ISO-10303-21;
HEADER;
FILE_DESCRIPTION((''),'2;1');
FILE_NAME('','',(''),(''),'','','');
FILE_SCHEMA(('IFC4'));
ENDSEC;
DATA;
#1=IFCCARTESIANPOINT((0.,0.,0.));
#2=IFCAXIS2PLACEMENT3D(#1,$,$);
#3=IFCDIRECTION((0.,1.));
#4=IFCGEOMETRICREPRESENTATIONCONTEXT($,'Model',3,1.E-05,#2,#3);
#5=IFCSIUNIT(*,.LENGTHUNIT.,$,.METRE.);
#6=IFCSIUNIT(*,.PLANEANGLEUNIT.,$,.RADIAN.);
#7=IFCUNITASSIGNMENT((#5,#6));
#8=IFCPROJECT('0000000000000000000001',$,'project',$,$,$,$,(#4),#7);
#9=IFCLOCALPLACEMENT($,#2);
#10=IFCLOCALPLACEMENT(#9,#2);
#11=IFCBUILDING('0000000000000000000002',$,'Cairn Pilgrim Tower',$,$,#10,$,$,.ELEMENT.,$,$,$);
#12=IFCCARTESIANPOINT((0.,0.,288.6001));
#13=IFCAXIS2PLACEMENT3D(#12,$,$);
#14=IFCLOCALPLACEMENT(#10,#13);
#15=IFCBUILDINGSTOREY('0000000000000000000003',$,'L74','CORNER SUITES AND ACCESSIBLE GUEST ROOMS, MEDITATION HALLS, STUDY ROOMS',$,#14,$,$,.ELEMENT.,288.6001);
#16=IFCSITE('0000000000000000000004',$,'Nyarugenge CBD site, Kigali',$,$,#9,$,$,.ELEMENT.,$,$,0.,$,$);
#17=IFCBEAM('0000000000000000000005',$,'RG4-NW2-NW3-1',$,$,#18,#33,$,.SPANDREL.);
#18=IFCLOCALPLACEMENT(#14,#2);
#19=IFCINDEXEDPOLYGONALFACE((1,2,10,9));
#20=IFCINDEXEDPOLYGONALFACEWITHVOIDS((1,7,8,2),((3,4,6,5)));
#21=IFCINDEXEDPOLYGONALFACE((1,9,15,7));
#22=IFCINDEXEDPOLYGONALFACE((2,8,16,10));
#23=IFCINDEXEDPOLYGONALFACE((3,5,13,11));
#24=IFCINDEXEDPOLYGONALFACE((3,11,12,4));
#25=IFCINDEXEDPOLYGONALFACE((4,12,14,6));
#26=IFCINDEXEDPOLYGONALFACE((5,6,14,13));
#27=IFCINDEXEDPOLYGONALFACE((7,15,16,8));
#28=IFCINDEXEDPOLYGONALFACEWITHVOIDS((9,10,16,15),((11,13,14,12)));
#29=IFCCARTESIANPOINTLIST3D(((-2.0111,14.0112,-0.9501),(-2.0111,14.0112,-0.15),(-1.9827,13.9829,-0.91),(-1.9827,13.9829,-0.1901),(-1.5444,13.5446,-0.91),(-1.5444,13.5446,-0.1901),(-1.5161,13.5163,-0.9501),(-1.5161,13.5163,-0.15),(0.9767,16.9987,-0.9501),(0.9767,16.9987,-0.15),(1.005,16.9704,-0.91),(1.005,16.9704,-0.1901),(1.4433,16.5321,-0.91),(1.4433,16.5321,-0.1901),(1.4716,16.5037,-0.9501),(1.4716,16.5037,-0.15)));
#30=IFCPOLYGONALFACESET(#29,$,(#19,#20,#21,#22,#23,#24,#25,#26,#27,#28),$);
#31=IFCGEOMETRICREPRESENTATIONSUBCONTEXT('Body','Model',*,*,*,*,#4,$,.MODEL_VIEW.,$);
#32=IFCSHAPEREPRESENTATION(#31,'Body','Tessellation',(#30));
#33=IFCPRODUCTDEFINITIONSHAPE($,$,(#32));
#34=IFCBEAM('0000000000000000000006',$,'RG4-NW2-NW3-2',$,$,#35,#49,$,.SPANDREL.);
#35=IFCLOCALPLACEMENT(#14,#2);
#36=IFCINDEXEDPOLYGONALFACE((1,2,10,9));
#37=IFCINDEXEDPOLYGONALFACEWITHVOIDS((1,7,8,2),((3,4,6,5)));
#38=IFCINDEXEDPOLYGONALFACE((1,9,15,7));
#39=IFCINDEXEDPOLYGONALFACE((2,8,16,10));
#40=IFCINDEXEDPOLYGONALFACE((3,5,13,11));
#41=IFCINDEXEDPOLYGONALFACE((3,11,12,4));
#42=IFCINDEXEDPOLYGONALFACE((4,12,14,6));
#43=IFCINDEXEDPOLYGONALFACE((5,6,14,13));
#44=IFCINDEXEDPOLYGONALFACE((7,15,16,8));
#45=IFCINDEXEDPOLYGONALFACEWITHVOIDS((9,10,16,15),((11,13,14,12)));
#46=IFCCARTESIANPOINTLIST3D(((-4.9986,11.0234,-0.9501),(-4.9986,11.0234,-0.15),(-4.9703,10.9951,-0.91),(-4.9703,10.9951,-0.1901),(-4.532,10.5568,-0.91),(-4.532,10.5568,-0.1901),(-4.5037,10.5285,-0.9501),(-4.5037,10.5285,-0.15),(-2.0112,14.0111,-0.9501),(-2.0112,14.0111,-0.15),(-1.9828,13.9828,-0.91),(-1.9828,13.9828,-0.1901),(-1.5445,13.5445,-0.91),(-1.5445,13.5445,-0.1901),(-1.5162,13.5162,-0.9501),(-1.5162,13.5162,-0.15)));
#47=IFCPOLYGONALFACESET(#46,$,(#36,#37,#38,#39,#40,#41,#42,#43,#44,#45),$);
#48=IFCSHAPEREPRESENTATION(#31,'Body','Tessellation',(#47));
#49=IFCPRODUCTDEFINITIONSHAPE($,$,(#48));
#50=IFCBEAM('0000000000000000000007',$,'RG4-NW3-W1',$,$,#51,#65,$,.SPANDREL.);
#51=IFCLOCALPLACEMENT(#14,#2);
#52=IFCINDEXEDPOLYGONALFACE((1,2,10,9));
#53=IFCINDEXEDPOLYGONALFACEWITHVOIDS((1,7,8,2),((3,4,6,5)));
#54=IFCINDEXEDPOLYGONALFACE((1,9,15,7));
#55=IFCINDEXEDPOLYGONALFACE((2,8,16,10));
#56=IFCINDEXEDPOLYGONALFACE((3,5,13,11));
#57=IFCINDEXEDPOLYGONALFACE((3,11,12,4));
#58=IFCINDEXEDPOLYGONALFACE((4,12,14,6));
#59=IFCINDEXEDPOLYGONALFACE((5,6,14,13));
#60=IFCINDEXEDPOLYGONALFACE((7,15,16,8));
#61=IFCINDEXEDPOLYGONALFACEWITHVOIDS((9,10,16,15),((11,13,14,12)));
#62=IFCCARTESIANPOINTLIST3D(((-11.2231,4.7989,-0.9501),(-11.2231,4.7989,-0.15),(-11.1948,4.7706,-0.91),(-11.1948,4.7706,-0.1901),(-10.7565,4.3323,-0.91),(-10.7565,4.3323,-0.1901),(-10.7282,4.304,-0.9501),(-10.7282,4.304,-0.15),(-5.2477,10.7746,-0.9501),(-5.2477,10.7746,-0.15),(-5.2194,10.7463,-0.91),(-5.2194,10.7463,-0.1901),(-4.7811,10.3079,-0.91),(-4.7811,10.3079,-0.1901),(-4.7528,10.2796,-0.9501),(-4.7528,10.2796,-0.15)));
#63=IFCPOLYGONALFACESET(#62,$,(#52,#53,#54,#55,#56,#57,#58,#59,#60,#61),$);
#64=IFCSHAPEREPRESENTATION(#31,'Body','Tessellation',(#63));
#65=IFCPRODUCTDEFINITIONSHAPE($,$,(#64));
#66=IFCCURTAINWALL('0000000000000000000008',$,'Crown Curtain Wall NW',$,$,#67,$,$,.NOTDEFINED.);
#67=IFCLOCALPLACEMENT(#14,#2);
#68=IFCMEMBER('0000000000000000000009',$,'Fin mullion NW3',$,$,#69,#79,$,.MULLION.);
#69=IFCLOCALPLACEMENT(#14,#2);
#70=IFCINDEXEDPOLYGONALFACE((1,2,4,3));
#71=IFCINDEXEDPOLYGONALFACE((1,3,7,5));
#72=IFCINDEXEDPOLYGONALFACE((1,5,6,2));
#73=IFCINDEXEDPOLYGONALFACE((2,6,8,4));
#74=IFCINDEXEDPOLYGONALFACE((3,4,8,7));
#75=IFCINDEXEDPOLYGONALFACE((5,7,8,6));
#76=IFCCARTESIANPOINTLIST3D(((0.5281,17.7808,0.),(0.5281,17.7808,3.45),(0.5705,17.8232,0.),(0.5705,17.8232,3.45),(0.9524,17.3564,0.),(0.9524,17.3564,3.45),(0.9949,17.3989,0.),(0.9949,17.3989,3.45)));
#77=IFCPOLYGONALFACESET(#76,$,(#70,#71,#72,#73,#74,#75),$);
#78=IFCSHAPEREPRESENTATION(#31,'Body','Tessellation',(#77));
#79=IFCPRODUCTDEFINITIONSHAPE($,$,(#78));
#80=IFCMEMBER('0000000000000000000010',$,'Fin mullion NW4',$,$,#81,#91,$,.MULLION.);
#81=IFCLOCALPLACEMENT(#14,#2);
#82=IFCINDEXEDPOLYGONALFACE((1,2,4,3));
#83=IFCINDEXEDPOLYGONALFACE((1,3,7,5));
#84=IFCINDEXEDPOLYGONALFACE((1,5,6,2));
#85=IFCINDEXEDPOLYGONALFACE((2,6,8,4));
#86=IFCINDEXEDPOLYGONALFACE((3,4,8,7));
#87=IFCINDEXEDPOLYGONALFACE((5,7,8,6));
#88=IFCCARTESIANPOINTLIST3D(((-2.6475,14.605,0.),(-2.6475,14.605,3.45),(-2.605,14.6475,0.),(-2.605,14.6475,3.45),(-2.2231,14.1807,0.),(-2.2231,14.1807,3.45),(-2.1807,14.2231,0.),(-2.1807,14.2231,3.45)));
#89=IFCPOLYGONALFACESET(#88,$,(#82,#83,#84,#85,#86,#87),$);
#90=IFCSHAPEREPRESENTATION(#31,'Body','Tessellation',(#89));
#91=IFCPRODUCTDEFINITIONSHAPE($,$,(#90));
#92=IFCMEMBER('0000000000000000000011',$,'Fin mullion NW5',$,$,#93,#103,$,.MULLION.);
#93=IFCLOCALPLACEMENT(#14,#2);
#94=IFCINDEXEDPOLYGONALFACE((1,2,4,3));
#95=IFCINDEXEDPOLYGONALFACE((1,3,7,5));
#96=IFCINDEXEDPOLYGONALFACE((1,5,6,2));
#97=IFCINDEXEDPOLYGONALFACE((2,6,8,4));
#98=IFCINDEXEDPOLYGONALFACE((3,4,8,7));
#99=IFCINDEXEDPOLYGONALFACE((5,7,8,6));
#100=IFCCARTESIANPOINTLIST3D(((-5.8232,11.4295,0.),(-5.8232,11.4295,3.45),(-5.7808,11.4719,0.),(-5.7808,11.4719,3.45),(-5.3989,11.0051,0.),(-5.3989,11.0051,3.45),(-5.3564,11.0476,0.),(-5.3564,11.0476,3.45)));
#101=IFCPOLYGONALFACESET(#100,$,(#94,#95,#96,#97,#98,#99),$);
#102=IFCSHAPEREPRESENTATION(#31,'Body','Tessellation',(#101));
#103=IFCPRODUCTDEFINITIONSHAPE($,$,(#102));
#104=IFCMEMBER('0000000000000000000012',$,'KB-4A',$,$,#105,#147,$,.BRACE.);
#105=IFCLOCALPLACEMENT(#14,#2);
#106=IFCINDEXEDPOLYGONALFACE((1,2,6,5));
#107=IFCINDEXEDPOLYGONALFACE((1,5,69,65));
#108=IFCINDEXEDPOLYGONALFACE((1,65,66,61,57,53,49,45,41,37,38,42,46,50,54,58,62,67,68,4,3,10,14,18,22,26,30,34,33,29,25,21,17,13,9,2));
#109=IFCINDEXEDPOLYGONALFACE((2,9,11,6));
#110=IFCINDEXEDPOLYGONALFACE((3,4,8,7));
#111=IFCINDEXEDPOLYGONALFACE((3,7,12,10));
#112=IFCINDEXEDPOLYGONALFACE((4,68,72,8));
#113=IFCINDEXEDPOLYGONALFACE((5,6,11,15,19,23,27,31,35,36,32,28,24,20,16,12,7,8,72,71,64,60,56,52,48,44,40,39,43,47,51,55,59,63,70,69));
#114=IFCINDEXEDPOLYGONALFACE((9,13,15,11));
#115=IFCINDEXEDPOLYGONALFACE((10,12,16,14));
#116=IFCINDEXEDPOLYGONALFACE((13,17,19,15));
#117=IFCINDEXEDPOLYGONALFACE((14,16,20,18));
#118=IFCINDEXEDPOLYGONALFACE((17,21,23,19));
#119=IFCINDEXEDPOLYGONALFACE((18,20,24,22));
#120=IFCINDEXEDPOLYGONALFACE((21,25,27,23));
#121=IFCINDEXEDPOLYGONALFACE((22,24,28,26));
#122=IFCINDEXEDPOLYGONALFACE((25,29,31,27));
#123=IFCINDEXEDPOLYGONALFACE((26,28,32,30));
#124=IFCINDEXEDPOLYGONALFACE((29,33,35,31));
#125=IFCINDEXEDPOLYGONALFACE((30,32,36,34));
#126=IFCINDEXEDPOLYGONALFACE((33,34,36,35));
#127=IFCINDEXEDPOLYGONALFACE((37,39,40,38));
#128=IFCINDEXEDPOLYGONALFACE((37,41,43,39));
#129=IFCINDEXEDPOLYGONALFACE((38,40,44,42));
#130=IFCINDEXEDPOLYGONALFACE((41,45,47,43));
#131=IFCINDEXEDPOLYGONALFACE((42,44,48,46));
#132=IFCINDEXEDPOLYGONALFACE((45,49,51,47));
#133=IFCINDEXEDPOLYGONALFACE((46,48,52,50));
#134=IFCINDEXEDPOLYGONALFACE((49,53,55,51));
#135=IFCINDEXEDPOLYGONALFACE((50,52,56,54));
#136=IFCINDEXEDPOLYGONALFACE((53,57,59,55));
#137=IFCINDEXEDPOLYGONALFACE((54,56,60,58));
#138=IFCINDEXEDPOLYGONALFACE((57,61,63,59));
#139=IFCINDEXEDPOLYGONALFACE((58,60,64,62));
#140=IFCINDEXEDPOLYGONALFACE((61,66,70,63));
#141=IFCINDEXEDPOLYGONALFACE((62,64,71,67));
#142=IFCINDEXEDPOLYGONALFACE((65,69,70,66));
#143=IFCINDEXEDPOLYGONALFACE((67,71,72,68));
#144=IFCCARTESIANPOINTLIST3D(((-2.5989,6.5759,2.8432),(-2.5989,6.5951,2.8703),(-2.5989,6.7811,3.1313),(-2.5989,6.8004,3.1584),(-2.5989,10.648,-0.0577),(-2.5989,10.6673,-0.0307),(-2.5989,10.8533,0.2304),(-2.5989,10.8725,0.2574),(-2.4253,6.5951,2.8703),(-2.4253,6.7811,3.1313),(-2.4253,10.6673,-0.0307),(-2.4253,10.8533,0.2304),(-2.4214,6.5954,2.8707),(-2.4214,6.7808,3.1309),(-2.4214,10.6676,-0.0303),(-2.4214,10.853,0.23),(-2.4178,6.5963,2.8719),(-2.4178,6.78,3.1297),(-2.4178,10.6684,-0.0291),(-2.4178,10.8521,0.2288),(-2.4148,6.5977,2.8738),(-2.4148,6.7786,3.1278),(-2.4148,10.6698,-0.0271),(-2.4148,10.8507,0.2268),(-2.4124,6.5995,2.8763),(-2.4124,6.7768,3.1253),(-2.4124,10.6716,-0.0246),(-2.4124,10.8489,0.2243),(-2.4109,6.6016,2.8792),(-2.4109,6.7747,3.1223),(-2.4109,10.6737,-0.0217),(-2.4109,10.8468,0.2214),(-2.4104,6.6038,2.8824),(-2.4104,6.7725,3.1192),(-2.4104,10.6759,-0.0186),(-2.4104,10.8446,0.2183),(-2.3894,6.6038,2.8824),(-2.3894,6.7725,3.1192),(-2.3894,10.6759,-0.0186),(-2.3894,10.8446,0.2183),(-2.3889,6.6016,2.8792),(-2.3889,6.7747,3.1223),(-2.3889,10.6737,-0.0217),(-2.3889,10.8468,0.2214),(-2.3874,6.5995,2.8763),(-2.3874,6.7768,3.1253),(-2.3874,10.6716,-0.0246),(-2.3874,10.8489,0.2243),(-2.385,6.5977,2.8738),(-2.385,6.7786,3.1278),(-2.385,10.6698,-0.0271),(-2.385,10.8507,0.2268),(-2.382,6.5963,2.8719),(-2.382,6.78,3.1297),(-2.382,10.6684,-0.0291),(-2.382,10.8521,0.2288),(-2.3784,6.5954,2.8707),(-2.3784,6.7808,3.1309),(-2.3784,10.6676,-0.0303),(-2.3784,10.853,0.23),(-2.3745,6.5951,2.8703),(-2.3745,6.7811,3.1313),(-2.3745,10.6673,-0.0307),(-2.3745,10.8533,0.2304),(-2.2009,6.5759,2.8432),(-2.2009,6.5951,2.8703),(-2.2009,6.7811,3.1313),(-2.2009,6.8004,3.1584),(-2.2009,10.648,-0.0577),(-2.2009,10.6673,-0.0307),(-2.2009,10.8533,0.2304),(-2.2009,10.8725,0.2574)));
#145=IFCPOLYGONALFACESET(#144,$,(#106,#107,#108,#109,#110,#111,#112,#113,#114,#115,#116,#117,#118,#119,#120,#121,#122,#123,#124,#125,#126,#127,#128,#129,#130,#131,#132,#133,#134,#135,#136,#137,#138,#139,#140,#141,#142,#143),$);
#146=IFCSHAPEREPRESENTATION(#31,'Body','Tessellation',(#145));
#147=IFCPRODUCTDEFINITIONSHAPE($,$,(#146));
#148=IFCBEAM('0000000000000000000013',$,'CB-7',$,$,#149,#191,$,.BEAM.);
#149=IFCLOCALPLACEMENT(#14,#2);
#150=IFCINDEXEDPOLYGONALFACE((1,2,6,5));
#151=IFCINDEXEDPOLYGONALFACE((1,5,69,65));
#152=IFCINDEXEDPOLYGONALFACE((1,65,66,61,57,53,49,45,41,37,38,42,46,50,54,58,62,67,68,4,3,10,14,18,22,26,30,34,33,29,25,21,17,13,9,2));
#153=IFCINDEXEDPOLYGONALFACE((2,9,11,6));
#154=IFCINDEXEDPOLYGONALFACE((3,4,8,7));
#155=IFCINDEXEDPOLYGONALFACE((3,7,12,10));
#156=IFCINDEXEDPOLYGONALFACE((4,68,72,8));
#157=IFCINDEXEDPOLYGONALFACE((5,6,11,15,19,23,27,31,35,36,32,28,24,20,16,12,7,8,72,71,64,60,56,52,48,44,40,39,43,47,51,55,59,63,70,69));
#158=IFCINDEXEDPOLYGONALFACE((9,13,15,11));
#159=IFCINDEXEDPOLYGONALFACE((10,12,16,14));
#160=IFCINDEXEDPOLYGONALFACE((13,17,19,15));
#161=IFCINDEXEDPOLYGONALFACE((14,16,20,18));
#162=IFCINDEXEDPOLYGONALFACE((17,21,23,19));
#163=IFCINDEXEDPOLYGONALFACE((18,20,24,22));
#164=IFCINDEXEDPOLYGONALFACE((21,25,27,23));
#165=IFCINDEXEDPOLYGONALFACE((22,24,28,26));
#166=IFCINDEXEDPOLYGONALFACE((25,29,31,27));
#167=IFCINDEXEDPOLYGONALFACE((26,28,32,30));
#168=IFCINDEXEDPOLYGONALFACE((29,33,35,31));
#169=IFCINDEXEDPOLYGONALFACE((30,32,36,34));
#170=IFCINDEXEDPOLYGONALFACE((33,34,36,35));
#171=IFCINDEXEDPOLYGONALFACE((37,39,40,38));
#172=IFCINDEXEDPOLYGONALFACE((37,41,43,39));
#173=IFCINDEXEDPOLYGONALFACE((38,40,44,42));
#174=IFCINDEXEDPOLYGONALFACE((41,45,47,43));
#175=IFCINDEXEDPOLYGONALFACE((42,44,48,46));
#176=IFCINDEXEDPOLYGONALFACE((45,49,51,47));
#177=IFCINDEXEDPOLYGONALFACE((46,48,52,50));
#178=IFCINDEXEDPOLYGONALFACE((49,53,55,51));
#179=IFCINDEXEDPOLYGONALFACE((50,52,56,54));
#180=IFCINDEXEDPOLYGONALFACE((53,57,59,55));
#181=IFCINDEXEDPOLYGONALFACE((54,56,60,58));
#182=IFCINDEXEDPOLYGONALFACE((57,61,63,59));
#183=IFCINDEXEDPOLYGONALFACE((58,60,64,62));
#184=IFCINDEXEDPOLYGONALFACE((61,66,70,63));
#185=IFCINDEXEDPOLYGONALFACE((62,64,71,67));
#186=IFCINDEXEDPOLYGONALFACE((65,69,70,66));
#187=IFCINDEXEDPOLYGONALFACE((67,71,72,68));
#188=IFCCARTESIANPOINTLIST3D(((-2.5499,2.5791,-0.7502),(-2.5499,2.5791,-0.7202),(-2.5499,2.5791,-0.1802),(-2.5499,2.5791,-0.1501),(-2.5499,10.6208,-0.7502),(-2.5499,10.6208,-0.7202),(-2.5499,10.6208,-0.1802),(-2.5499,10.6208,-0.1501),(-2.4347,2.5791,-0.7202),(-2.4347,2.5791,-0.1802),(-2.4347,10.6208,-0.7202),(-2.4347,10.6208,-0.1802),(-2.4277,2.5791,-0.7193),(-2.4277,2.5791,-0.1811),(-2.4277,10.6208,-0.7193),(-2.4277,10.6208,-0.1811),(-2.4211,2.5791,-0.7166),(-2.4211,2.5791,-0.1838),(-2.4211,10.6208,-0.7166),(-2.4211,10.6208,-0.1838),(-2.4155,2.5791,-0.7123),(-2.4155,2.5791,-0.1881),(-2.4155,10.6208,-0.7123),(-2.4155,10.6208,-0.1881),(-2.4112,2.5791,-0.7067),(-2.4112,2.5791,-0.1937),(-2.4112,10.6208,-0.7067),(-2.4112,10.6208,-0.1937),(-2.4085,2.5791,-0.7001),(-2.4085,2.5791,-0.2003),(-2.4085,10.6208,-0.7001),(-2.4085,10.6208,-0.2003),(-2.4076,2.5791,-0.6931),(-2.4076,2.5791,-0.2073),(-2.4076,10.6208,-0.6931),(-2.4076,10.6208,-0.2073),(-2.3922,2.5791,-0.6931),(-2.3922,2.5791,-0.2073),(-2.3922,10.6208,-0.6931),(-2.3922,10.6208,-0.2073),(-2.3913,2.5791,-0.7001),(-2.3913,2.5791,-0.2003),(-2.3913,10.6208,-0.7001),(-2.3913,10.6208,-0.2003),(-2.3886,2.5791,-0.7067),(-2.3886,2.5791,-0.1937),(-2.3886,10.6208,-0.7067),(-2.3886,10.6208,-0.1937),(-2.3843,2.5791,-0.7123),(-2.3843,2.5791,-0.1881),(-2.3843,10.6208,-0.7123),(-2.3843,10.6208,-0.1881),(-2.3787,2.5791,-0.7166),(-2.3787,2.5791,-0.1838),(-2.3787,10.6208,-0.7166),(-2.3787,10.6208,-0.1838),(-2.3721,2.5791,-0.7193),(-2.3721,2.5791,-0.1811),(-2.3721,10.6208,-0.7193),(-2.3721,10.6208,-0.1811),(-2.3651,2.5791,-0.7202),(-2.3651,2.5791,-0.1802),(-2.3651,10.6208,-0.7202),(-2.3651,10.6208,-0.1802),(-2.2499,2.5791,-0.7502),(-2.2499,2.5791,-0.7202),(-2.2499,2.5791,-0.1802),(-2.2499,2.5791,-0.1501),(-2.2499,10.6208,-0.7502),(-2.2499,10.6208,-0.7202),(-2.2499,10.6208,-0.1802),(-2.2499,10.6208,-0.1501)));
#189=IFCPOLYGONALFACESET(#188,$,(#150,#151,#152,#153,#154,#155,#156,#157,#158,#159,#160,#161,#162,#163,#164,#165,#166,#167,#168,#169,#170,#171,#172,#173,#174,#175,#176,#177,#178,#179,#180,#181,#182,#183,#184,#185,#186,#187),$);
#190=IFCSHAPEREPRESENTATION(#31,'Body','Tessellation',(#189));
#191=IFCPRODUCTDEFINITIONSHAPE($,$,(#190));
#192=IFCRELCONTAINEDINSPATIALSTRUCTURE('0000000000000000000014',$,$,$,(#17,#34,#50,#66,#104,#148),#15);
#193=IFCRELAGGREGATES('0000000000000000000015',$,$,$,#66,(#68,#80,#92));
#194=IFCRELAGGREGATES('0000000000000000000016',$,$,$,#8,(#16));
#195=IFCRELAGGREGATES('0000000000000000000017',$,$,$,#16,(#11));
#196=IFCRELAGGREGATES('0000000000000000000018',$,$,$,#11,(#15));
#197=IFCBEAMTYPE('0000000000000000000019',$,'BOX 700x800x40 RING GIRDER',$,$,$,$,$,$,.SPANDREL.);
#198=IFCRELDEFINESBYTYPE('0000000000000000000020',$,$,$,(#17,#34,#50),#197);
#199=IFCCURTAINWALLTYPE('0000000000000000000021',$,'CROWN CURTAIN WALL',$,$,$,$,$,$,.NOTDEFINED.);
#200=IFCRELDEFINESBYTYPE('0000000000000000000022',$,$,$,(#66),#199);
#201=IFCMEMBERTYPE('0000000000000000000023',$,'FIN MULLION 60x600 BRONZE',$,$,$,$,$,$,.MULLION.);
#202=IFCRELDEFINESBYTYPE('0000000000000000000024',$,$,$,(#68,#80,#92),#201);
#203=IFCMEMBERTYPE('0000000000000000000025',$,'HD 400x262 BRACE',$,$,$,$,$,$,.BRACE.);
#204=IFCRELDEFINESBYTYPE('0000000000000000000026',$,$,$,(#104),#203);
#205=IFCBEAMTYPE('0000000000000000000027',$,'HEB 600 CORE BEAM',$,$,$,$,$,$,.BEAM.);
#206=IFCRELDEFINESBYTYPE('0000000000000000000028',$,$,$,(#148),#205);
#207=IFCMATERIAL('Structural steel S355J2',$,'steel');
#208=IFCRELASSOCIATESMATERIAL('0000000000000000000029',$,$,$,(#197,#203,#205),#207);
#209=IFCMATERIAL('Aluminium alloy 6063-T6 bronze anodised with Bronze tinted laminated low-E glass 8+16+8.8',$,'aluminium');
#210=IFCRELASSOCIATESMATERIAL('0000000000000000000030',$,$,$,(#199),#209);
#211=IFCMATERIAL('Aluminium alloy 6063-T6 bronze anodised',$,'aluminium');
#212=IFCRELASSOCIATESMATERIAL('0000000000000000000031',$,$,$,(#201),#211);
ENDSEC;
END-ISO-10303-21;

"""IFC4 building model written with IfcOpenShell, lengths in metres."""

from ifc_helpers import new_model, si_unit, direction, frame, origin, origin_2d, place, context, subcontext, project, spatial, rectangle, hollow_rectangle, i_section, extrude, material, material_profile, profile_set, type_object, element, aggregate, save


model = new_model("IFC4")

# Units and contexts
model_context = context("Model", 3, precision=1e-05, world=origin(), true_north=direction((0.0, 1.0)))
body_context = subcontext(model_context, "Body", "Model", "MODEL_VIEW")
ifc_project = project(units=[si_unit("LENGTHUNIT", "METRE"), si_unit("PLANEANGLEUNIT", "RADIAN")], contexts=[model_context])

# Site, building, storey
site_placement = place(None, origin())
site = spatial("IfcSite", under=ifc_project, at=site_placement, Name="Nyarugenge CBD site, Kigali", CompositionType="ELEMENT", RefElevation=0.0)
building_placement = place(site_placement, origin())
building = spatial("IfcBuilding", under=site, at=building_placement, Name="Cairn Pilgrim Tower", CompositionType="ELEMENT")
storey_placement = place(building_placement, frame((0.0, 0.0, 288.6001)))
storey = spatial("IfcBuildingStorey", under=building, at=storey_placement, Name="L74", Description="CORNER SUITES AND ACCESSIBLE GUEST ROOMS, MEDITATION HALLS, STUDY ROOMS", CompositionType="ELEMENT", Elevation=288.6001)

# Shared definitions
ifc_material_1 = material(Name="Structural steel S355J2", Category="steel")

# Beams
ifc_material_profile_1 = material_profile(ifc_material_1, hollow_rectangle(XDim=0.7, YDim=0.8, WallThickness=0.04, at=origin_2d()), Name="BOX 700x800x40")
ifc_profile_set_1 = profile_set([ifc_material_profile_1], Name="Structural steel S355J2")
beam_type_1 = type_object("IfcBeamType", Name="BOX 700x800x40 RING GIRDER", PredefinedType="SPANDREL", material=ifc_profile_set_1)
for number, where, z_axis, x_axis, name in (
    (1, (1.2241, 16.7512, -0.55), (-0.707136, -0.707078, 0.0), (0.707078, -0.707136, 0.0), "RG4-NW2-NW3-1"),
    (2, (-1.7637, 13.7637, -0.55), (-0.707078, -0.707136, 0.0), (0.707136, -0.707078, 0.0), "RG4-NW2-NW3-2"),
):
    element("IfcBeam", number, at=place(storey_placement, frame(where, z_axis=z_axis, x_axis=x_axis)), inside=storey, type_object=beam_type_1, Name=name, PredefinedType="SPANDREL", context=body_context, shape_type="SweptSolid", body=[
        extrude(hollow_rectangle(XDim=0.7, YDim=0.8, WallThickness=0.04, at=origin_2d()), origin(), (0.0, 0.0, 1.0), 4.2251),
    ])
beam_1_placement = place(storey_placement, frame((-5.0002, 10.5271, -0.55), z_axis=(-0.707092, -0.707121, 0.0), x_axis=(0.707121, -0.707092, 0.0)))
element("IfcBeam", 3, at=beam_1_placement, inside=storey, type_object=beam_type_1, Name="RG4-NW3-W1", PredefinedType="SPANDREL", context=body_context, shape_type="SweptSolid", body=[
    extrude(hollow_rectangle(XDim=0.7, YDim=0.8, WallThickness=0.04, at=origin_2d()), origin(), (0.0, 0.0, 1.0), 8.4507),
])

# Curtain wall, members
ifc_material_2 = material(Name="Aluminium alloy 6063-T6 bronze anodised with Bronze tinted laminated low-E glass 8+16+8.8", Category="aluminium")
curtain_wall_type = type_object("IfcCurtainWallType", Name="CROWN CURTAIN WALL", PredefinedType="NOTDEFINED", material=ifc_material_2)
curtain_wall_placement = place(storey_placement, origin())
curtain_wall = element("IfcCurtainWall", 4, at=curtain_wall_placement, inside=storey, type_object=curtain_wall_type, Name="Crown Curtain Wall NW", PredefinedType="NOTDEFINED")
ifc_material_3 = material(Name="Aluminium alloy 6063-T6 bronze anodised", Category="aluminium")
ifc_material_profile_2 = material_profile(ifc_material_3, rectangle(XDim=0.6001, YDim=0.0601, at=origin_2d()), Name="FIN MULLION 60x600 BRONZE")
ifc_profile_set_2 = profile_set([ifc_material_profile_2], Name="Aluminium alloy 6063-T6 bronze anodised")
member_type_1 = type_object("IfcMemberType", Name="FIN MULLION 60x600 BRONZE", PredefinedType="MULLION", material=ifc_profile_set_2)
member_1_placement = place(storey_placement, frame((0.7615, 17.5898, 0.0), z_axis=(0.0, 0.0, 1.0), x_axis=(-0.707107, 0.707107, 0.0)))
member_1 = element("IfcMember", 5, at=member_1_placement, type_object=member_type_1, Name="Fin mullion NW3", PredefinedType="MULLION", context=body_context, shape_type="SweptSolid", body=[
    extrude(rectangle(XDim=0.6001, YDim=0.0601, at=origin_2d()), origin(), (0.0, 0.0, 1.0), 3.45),
])
member_2_placement = place(storey_placement, frame((-2.4141, 14.4141, 0.0), z_axis=(0.0, 0.0, 1.0), x_axis=(-0.707107, 0.707107, 0.0)))
member_2 = element("IfcMember", 6, at=member_2_placement, type_object=member_type_1, Name="Fin mullion NW4", PredefinedType="MULLION", context=body_context, shape_type="SweptSolid", body=[
    extrude(rectangle(XDim=0.6001, YDim=0.0601, at=origin_2d()), origin(), (0.0, 0.0, 1.0), 3.45),
])
member_3_placement = place(storey_placement, frame((-5.5898, 11.2385, 0.0), z_axis=(0.0, 0.0, 1.0), x_axis=(-0.707107, 0.707107, 0.0)))
member_3 = element("IfcMember", 7, at=member_3_placement, type_object=member_type_1, Name="Fin mullion NW5", PredefinedType="MULLION", context=body_context, shape_type="SweptSolid", body=[
    extrude(rectangle(XDim=0.6001, YDim=0.0601, at=origin_2d()), origin(), (0.0, 0.0, 1.0), 3.45),
])

# Member
ifc_material_profile_3 = material_profile(ifc_material_1, i_section(OverallWidth=0.3979, OverallDepth=0.387, WebThickness=0.021, FlangeThickness=0.0332, FilletRadius=0.0149, at=origin_2d()), Name="HD 400x262")
ifc_profile_set_3 = profile_set([ifc_material_profile_3], Name="Structural steel S355J2")
member_type_2 = type_object("IfcMemberType", Name="HD 400x262 BRACE", PredefinedType="BRACE", material=ifc_profile_set_3)
member_4_placement = place(storey_placement, frame((-2.3999, 10.7603, 0.0999), z_axis=(0.0, -0.814462, 0.580217), x_axis=(1.0, 0.0, 0.0)))
element("IfcMember", 8, at=member_4_placement, inside=storey, type_object=member_type_2, Name="KB-4A", PredefinedType="BRACE", context=body_context, shape_type="SweptSolid", body=[
    extrude(i_section(OverallWidth=0.3979, OverallDepth=0.387, WebThickness=0.021, FlangeThickness=0.0332, FilletRadius=0.0149, at=origin_2d()), origin(), (0.0, 0.0, 1.0), 4.9998),
])

# Beam
ifc_material_profile_4 = material_profile(ifc_material_1, i_section(OverallWidth=0.3, OverallDepth=0.6001, WebThickness=0.0154, FlangeThickness=0.03, FilletRadius=0.0271, at=origin_2d()), Name="HEB 600")
ifc_profile_set_4 = profile_set([ifc_material_profile_4], Name="Structural steel S355J2")
beam_type_2 = type_object("IfcBeamType", Name="HEB 600 CORE BEAM", PredefinedType="BEAM", material=ifc_profile_set_4)
beam_2_placement = place(storey_placement, frame((-2.3999, 10.6208, -0.4502), z_axis=(0.0, -1.0, 0.0), x_axis=(1.0, 0.0, 0.0)))
element("IfcBeam", 9, at=beam_2_placement, inside=storey, type_object=beam_type_2, Name="CB-7", PredefinedType="BEAM", context=body_context, shape_type="SweptSolid", body=[
    extrude(i_section(OverallWidth=0.3, OverallDepth=0.6001, WebThickness=0.0154, FlangeThickness=0.03, FilletRadius=0.0271, at=origin_2d()), origin(), (0.0, 0.0, 1.0), 8.0417),
])

aggregate(curtain_wall, [member_1, member_2, member_3])

save(model, "model.ifc")
